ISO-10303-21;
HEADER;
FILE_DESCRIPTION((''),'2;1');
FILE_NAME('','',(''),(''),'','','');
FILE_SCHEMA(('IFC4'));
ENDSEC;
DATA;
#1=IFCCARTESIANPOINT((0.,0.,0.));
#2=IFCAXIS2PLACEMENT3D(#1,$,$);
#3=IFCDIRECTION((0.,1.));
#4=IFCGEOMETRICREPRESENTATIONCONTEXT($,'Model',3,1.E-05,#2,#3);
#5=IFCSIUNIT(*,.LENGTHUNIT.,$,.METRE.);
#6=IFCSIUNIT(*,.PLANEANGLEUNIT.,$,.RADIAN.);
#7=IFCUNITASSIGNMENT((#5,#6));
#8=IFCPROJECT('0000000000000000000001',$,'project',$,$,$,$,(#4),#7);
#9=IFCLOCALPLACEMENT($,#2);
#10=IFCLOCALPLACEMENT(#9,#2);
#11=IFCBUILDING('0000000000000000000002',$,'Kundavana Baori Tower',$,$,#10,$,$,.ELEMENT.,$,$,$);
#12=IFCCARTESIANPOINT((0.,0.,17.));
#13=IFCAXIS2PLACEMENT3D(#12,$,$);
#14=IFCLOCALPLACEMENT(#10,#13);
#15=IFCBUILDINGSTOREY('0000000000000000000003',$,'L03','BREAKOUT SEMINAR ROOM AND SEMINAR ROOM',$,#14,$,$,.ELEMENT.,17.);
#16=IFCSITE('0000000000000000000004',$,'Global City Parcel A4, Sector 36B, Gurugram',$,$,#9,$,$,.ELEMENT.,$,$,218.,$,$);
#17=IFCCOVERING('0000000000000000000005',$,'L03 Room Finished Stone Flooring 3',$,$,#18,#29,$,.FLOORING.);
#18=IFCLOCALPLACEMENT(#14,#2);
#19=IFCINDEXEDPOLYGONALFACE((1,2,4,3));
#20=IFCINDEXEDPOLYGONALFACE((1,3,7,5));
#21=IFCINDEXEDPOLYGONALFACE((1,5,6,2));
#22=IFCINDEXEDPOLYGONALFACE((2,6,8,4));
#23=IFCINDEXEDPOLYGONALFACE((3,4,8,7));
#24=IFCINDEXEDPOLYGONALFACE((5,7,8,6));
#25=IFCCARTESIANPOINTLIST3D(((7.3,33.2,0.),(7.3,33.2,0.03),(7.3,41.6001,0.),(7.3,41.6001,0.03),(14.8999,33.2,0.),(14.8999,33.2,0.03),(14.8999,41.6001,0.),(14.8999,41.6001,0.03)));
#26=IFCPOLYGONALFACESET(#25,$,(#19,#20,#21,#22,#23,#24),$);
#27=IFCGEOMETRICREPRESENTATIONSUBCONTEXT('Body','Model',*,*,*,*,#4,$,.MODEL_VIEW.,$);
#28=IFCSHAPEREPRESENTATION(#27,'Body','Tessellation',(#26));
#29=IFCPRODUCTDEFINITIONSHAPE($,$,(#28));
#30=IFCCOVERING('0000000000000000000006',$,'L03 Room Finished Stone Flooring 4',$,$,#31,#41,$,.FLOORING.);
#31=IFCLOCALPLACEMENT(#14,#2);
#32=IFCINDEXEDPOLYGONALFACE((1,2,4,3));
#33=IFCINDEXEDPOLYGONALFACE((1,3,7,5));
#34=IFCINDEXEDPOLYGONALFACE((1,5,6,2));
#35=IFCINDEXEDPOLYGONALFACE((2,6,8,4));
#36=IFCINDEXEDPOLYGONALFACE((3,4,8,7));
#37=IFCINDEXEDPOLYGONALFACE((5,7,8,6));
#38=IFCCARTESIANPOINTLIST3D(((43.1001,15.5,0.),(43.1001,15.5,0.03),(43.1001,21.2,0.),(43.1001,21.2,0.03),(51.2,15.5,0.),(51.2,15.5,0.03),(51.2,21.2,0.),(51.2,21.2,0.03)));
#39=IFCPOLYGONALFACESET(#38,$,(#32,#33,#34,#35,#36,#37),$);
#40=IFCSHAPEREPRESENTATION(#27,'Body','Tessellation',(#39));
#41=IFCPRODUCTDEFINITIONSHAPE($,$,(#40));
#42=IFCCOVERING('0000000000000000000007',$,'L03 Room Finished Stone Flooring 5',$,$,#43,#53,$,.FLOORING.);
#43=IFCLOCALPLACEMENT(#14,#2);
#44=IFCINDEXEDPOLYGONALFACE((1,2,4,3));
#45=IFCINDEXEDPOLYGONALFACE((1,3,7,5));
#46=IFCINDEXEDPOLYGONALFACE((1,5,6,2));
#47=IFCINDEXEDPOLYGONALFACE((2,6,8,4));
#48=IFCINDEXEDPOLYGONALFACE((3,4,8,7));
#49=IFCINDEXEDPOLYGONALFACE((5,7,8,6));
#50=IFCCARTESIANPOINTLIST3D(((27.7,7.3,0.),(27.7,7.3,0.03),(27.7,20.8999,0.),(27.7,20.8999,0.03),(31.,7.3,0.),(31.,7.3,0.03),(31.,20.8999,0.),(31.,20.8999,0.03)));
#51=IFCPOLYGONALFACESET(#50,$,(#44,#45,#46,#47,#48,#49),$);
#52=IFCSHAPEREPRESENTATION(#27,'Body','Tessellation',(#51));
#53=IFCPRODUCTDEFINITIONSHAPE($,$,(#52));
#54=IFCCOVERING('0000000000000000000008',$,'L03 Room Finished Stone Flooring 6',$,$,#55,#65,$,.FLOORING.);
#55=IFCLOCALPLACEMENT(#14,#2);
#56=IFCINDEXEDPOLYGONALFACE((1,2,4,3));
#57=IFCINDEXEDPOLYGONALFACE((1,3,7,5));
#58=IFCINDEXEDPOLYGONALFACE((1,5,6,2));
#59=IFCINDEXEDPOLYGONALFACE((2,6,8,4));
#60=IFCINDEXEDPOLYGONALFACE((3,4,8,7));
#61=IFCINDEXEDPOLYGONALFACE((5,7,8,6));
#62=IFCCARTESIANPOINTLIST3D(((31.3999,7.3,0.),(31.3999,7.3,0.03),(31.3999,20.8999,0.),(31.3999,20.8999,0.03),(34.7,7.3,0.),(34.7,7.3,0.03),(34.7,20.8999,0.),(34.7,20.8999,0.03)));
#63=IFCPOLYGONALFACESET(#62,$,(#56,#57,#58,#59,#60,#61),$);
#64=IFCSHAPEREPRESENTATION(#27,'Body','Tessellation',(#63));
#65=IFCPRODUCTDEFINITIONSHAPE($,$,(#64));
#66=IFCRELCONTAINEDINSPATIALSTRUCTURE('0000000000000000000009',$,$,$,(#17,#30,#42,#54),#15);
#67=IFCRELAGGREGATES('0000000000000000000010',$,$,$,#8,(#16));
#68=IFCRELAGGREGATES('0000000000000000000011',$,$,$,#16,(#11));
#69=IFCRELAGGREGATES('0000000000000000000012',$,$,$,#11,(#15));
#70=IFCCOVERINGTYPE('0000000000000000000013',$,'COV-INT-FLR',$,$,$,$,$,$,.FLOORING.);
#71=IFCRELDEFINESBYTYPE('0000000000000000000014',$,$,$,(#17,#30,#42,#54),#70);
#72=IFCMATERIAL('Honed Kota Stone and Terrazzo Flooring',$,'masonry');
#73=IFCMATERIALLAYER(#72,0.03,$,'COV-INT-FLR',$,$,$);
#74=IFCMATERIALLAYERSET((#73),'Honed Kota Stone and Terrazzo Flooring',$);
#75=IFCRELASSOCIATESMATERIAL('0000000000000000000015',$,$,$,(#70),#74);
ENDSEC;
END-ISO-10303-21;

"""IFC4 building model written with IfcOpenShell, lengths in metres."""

from ifc_helpers import new_model, si_unit, direction, frame, origin, place, context, subcontext, project, spatial, polyline, outline, extrude, material, layer, layer_set, type_object, element, save


model = new_model("IFC4")

# Units and contexts
model_context = context("Model", 3, precision=1e-05, world=origin(), true_north=direction((0.0, 1.0)))
body_context = subcontext(model_context, "Body", "Model", "MODEL_VIEW")
ifc_project = project(units=[si_unit("LENGTHUNIT", "METRE"), si_unit("PLANEANGLEUNIT", "RADIAN")], contexts=[model_context])

# Site, building, storey
site_placement = place(None, origin())
site = spatial("IfcSite", under=ifc_project, at=site_placement, Name="Global City Parcel A4, Sector 36B, Gurugram", CompositionType="ELEMENT", RefElevation=218.0)
building_placement = place(site_placement, origin())
building = spatial("IfcBuilding", under=site, at=building_placement, Name="Kundavana Baori Tower", CompositionType="ELEMENT")
storey_placement = place(building_placement, frame((0.0, 0.0, 17.0)))
storey = spatial("IfcBuildingStorey", under=building, at=storey_placement, Name="L03", Description="BREAKOUT SEMINAR ROOM AND SEMINAR ROOM", CompositionType="ELEMENT", Elevation=17.0)

# Coverings
ifc_material_1 = material(Name="Honed Kota Stone and Terrazzo Flooring", Category="masonry")
ifc_layer_1 = layer(ifc_material_1, 0.03, Name="COV-INT-FLR")
ifc_layer_set_1 = layer_set([ifc_layer_1], Name="Honed Kota Stone and Terrazzo Flooring")
covering_type_1 = type_object("IfcCoveringType", Name="COV-INT-FLR", PredefinedType="FLOORING", material=ifc_layer_set_1)
covering_1_placement = place(storey_placement, origin())
element("IfcCovering", 1, at=covering_1_placement, inside=storey, type_object=covering_type_1, Name="L03 Room Finished Stone Flooring 3", PredefinedType="FLOORING", context=body_context, shape_type="SweptSolid", body=[
    extrude(outline(polyline([(7.3, 33.2), (14.8999, 33.2), (14.8999, 41.6001), (7.3, 41.6001), (7.3, 33.2)])), origin(), (0.0, 0.0, 1.0), 0.03),
])
covering_2_placement = place(storey_placement, origin())
element("IfcCovering", 2, at=covering_2_placement, inside=storey, type_object=covering_type_1, Name="L03 Room Finished Stone Flooring 4", PredefinedType="FLOORING", context=body_context, shape_type="SweptSolid", body=[
    extrude(outline(polyline([(43.1001, 15.5), (51.2, 15.5), (51.2, 21.2), (43.1001, 21.2), (43.1001, 15.5)])), origin(), (0.0, 0.0, 1.0), 0.03),
])
covering_3_placement = place(storey_placement, origin())
element("IfcCovering", 3, at=covering_3_placement, inside=storey, type_object=covering_type_1, Name="L03 Room Finished Stone Flooring 5", PredefinedType="FLOORING", context=body_context, shape_type="SweptSolid", body=[
    extrude(outline(polyline([(27.7, 7.3), (31.0, 7.3), (31.0, 20.8999), (27.7, 20.8999), (27.7, 7.3)])), origin(), (0.0, 0.0, 1.0), 0.03),
])
covering_4_placement = place(storey_placement, origin())
element("IfcCovering", 4, at=covering_4_placement, inside=storey, type_object=covering_type_1, Name="L03 Room Finished Stone Flooring 6", PredefinedType="FLOORING", context=body_context, shape_type="SweptSolid", body=[
    extrude(outline(polyline([(31.3999, 7.3), (34.7, 7.3), (34.7, 20.8999), (31.3999, 20.8999), (31.3999, 7.3)])), origin(), (0.0, 0.0, 1.0), 0.03),
])

save(model, "model.ifc")
